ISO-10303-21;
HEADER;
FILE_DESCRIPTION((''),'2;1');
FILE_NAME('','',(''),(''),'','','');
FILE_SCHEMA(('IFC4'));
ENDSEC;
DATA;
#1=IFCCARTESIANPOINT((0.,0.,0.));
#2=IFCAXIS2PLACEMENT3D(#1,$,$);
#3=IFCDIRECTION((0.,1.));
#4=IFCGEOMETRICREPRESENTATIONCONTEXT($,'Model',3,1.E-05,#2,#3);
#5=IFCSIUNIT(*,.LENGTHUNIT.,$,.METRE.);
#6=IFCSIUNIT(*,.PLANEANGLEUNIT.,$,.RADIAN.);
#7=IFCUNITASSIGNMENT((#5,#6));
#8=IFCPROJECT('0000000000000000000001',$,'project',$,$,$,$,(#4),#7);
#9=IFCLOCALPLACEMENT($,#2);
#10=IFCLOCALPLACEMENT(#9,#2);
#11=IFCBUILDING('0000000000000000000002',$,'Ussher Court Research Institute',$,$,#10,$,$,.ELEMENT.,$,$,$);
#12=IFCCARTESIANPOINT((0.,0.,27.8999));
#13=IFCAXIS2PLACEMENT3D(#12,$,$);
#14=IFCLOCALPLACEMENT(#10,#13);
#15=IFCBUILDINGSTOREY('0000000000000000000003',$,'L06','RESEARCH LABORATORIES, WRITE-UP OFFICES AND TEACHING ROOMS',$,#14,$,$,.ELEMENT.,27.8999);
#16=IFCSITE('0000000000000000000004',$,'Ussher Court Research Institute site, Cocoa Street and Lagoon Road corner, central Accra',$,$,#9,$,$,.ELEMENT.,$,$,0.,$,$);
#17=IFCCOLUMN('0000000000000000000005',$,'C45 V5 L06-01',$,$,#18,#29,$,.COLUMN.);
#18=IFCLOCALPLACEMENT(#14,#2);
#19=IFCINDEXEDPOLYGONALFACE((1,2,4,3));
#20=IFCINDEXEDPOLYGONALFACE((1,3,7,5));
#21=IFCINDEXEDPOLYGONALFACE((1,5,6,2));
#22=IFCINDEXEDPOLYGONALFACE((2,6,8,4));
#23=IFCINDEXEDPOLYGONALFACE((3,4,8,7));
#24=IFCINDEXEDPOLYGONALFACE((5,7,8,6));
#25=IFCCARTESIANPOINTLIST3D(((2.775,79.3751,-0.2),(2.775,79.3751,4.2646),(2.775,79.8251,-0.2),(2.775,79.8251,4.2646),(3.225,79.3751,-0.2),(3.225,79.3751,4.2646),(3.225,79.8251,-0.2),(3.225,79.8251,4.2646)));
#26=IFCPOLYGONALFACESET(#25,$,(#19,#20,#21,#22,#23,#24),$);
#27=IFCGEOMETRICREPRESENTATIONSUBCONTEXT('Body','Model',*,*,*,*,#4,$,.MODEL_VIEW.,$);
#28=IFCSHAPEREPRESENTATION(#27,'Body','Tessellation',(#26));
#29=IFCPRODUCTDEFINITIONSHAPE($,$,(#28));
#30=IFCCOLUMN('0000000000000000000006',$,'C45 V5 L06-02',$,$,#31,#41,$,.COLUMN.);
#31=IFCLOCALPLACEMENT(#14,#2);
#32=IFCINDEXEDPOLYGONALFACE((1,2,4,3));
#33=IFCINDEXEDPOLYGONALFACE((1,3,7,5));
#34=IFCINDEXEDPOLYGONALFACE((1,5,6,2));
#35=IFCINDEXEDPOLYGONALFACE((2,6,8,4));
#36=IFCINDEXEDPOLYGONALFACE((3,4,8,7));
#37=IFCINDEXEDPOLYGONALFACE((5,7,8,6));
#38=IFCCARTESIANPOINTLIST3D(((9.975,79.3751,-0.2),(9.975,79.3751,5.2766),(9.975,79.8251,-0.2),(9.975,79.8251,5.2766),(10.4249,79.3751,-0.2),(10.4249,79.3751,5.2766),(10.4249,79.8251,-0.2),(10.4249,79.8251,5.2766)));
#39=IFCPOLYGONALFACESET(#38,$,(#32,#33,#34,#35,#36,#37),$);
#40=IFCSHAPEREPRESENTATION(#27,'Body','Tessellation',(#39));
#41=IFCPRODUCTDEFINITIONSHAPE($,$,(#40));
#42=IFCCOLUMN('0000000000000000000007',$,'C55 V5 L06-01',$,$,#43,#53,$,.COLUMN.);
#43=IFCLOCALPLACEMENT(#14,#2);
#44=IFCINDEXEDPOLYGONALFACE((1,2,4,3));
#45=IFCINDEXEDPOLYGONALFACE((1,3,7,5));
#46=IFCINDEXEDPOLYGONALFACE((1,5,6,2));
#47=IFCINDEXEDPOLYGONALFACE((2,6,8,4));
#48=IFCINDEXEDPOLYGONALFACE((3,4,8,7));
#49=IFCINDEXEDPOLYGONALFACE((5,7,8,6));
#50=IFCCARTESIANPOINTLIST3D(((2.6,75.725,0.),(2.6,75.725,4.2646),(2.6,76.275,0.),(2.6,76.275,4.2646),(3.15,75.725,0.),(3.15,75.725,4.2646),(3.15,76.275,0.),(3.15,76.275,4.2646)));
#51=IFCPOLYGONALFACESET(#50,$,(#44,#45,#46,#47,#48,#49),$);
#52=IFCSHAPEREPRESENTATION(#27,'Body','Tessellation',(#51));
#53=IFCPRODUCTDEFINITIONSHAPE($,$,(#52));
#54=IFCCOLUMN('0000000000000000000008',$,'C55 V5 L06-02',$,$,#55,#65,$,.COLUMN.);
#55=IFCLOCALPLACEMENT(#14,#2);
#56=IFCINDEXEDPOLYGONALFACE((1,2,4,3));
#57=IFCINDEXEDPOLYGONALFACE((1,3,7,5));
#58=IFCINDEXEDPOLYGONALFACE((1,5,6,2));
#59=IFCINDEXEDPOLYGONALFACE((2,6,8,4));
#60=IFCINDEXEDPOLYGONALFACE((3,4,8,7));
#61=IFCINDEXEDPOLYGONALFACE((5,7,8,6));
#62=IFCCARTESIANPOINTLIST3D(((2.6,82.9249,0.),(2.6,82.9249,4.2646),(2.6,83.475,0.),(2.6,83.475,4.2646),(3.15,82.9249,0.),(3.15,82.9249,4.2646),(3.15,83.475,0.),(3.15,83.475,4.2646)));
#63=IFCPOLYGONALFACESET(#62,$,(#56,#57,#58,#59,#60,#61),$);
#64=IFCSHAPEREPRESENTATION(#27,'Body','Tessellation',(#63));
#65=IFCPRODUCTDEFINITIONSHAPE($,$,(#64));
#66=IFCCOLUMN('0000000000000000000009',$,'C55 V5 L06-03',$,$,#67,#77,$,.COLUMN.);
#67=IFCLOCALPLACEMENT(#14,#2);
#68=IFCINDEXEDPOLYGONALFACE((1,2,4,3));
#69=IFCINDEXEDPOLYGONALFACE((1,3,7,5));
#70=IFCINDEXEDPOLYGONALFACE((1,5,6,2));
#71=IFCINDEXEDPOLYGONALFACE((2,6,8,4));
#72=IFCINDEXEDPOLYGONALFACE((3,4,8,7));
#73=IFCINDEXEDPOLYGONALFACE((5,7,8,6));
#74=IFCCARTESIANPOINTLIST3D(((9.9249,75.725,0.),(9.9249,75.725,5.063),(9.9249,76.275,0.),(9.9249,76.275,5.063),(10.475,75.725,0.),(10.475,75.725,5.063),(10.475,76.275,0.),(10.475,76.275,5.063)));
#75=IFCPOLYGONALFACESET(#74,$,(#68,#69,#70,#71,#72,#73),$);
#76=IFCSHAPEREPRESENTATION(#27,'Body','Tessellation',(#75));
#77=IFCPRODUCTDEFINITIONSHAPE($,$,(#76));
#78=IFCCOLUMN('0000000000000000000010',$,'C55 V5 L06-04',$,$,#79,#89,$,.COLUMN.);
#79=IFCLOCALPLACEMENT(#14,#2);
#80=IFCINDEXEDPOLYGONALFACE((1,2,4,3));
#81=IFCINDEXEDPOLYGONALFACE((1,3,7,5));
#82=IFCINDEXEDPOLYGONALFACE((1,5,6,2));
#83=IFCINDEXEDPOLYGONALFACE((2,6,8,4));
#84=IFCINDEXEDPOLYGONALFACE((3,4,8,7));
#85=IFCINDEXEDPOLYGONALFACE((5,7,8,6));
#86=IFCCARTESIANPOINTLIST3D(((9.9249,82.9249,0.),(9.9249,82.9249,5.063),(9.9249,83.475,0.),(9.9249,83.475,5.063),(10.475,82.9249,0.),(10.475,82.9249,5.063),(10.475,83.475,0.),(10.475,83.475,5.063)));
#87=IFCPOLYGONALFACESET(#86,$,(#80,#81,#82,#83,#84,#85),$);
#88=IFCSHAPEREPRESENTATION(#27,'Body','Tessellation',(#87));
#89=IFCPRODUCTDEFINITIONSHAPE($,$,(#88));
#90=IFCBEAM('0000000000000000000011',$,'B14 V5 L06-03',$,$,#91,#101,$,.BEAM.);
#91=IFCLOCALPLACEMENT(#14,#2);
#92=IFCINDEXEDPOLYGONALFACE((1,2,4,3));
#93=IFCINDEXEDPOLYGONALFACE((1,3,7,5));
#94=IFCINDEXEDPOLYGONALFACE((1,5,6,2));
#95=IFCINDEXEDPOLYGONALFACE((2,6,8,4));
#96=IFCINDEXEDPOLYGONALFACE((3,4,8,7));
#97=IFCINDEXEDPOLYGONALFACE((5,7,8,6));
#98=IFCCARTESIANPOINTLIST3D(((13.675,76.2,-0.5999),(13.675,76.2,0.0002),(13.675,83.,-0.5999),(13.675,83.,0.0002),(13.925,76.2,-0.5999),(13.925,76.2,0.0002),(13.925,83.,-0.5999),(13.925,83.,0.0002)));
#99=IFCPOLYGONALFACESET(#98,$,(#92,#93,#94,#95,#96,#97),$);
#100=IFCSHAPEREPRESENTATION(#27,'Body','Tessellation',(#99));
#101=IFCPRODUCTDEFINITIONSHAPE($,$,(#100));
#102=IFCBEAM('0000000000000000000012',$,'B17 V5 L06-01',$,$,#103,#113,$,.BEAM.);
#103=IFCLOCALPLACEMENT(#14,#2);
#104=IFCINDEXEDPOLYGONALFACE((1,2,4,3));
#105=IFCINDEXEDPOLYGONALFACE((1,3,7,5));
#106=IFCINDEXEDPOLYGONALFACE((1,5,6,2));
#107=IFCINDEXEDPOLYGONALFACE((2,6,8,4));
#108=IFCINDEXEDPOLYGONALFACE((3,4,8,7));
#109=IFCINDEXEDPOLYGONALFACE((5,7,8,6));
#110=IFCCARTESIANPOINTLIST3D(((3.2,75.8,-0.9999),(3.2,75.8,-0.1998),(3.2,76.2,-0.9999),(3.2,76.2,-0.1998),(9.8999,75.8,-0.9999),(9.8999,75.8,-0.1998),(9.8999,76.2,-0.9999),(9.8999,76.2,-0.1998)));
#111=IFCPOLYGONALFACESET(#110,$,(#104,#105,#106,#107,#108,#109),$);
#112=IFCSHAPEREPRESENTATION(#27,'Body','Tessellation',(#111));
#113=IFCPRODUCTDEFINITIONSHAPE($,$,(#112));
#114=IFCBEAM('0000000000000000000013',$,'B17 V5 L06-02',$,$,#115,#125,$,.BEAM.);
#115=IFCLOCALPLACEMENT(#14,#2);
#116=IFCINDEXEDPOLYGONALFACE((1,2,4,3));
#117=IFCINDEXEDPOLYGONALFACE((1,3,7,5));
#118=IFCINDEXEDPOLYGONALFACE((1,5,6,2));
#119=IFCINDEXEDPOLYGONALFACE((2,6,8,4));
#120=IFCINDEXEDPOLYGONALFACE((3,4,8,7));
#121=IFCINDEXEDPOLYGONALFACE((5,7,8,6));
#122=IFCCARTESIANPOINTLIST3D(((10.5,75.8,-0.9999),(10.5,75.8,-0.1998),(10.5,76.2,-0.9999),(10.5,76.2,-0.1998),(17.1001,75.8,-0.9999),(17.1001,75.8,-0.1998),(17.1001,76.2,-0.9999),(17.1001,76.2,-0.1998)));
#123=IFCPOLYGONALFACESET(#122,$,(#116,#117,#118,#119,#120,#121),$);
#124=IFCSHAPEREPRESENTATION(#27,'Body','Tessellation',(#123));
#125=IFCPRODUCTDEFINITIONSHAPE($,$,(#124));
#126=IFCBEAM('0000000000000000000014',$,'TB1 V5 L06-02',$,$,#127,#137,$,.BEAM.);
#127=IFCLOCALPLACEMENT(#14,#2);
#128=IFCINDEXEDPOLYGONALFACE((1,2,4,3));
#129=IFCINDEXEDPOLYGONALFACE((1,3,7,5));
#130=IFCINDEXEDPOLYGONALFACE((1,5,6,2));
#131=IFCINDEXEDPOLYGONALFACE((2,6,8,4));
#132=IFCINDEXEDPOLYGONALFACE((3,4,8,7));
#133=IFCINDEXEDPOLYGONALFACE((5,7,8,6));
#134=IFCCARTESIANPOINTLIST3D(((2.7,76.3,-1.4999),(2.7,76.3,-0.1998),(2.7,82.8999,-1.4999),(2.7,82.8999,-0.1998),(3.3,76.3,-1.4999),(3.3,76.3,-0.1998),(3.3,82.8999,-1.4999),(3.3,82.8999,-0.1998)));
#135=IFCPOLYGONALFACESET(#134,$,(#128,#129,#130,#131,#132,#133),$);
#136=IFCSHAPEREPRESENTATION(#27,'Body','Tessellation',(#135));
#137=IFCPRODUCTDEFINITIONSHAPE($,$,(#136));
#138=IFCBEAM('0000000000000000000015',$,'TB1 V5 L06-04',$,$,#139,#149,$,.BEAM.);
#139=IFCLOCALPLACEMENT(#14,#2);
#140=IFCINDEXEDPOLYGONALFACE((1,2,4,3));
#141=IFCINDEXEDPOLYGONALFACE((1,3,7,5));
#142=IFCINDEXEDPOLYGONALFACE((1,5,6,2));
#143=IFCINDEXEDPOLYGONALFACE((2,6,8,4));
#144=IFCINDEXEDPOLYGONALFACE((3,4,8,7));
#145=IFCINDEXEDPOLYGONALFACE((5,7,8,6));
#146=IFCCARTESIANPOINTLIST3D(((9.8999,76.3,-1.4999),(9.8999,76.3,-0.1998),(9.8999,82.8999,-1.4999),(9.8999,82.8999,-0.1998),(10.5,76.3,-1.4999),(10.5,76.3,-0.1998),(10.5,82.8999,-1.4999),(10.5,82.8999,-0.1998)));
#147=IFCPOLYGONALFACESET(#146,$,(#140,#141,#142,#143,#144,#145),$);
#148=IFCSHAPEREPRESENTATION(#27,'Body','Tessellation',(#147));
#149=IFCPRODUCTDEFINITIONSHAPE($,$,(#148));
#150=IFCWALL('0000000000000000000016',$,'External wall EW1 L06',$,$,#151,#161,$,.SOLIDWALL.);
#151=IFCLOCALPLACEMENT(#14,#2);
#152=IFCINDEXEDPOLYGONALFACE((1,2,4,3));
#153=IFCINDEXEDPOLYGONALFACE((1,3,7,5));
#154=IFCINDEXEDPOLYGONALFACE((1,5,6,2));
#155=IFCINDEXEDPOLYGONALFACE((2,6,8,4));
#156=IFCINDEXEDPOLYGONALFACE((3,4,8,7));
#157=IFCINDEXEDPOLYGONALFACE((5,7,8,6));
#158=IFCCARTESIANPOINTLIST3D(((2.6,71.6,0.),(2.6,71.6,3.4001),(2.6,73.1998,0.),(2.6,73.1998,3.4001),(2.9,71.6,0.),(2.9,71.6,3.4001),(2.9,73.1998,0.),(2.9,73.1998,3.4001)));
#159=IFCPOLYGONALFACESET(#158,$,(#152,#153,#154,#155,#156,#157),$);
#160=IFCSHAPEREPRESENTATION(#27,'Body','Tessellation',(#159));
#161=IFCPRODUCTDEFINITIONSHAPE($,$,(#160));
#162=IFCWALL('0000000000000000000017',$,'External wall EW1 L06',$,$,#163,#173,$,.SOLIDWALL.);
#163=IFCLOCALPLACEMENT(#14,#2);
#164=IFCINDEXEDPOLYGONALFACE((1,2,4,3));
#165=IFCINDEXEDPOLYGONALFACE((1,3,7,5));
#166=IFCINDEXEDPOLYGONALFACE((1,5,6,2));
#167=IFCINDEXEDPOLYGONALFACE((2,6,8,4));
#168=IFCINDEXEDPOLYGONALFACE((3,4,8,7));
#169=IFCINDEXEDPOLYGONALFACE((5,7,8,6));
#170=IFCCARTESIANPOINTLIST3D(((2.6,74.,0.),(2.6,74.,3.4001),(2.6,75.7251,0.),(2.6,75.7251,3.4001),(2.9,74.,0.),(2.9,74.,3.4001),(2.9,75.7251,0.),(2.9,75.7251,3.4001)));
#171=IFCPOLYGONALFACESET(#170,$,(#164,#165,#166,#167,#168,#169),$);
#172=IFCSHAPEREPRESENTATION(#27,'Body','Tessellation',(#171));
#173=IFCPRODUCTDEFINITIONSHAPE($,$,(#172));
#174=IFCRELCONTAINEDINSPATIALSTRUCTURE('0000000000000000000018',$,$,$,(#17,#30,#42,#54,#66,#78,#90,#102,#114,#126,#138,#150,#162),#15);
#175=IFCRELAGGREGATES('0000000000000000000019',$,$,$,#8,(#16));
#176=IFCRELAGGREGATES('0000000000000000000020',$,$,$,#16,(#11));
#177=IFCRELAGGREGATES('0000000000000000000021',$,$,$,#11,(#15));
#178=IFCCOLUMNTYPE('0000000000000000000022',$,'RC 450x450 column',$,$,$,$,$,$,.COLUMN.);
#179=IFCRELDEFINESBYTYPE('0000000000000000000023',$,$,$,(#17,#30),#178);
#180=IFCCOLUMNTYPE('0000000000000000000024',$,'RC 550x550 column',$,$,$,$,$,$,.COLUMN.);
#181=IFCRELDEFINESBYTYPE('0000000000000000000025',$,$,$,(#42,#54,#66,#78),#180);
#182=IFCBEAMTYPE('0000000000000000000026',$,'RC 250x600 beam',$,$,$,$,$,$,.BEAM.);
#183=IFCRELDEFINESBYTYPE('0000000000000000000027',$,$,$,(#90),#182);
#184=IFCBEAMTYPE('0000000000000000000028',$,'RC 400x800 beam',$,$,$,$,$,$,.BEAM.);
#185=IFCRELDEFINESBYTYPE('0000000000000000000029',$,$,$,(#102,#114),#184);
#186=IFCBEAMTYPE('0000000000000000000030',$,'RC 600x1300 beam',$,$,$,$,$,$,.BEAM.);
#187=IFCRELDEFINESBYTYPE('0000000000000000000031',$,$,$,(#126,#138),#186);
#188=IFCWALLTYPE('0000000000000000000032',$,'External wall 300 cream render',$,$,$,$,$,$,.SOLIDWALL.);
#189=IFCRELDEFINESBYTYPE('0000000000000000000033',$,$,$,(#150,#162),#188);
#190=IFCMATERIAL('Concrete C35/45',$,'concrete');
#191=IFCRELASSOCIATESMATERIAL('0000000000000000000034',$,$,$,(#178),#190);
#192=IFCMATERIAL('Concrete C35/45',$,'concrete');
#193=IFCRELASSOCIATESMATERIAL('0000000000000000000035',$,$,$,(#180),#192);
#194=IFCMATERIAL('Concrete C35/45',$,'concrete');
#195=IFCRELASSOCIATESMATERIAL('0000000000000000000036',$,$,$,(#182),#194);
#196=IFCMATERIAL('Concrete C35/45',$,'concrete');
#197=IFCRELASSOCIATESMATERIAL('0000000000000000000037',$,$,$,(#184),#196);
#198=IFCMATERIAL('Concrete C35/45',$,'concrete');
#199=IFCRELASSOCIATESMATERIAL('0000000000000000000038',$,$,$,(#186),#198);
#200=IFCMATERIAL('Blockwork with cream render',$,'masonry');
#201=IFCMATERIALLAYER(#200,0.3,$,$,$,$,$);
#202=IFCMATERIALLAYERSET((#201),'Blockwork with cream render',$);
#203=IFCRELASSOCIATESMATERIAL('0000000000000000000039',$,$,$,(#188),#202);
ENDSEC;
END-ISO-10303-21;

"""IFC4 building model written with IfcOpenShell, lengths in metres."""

from ifc_helpers import new_model, si_unit, direction, frame, frame_2d, origin, origin_2d, place, context, subcontext, project, spatial, rectangle, extrude, material, layer, layer_set, material_profile, profile_set, type_object, element, save


model = new_model("IFC4")

# Units and contexts
model_context = context("Model", 3, precision=1e-05, world=origin(), true_north=direction((0.0, 1.0)))
body_context = subcontext(model_context, "Body", "Model", "MODEL_VIEW")
ifc_project = project(units=[si_unit("LENGTHUNIT", "METRE"), si_unit("PLANEANGLEUNIT", "RADIAN")], contexts=[model_context])

# Site, building, storey
site_placement = place(None, origin())
site = spatial("IfcSite", under=ifc_project, at=site_placement, Name="Ussher Court Research Institute site, Cocoa Street and Lagoon Road corner, central Accra", CompositionType="ELEMENT", RefElevation=0.0)
building_placement = place(site_placement, origin())
building = spatial("IfcBuilding", under=site, at=building_placement, Name="Ussher Court Research Institute", CompositionType="ELEMENT")
storey_placement = place(building_placement, frame((0.0, 0.0, 27.8999)))
storey = spatial("IfcBuildingStorey", under=building, at=storey_placement, Name="L06", Description="RESEARCH LABORATORIES, WRITE-UP OFFICES AND TEACHING ROOMS", CompositionType="ELEMENT", Elevation=27.8999)

# Columns
ifc_material_1 = material(Name="Concrete C35/45", Category="concrete")
ifc_material_profile_1 = material_profile(ifc_material_1, rectangle(XDim=0.45, YDim=0.45, at=origin_2d()), Name="RC 450x450")
ifc_profile_set_1 = profile_set([ifc_material_profile_1], Name="Concrete C35/45")
column_type_1 = type_object("IfcColumnType", Name="RC 450x450 column", PredefinedType="COLUMN", material=ifc_profile_set_1)
column_1_placement = place(storey_placement, frame((3.0, 79.6001, -0.2), z_axis=(0.0, 0.0, 1.0), x_axis=(1.0, 0.0, 0.0)))
element("IfcColumn", 1, at=column_1_placement, inside=storey, type_object=column_type_1, Name="C45 V5 L06-01", PredefinedType="COLUMN", context=body_context, shape_type="SweptSolid", body=[
    extrude(rectangle(XDim=0.45, YDim=0.45, at=origin_2d()), origin(), (0.0, 0.0, 1.0), 4.4646),
])
column_2_placement = place(storey_placement, frame((10.2, 79.6001, -0.2), z_axis=(0.0, 0.0, 1.0), x_axis=(1.0, 0.0, 0.0)))
element("IfcColumn", 2, at=column_2_placement, inside=storey, type_object=column_type_1, Name="C45 V5 L06-02", PredefinedType="COLUMN", context=body_context, shape_type="SweptSolid", body=[
    extrude(rectangle(XDim=0.45, YDim=0.45, at=origin_2d()), origin(), (0.0, 0.0, 1.0), 5.4766),
])
ifc_material_2 = material(Name="Concrete C35/45", Category="concrete")
ifc_material_profile_2 = material_profile(ifc_material_2, rectangle(XDim=0.55, YDim=0.55, at=origin_2d()), Name="RC 550x550")
ifc_profile_set_2 = profile_set([ifc_material_profile_2], Name="Concrete C35/45")
column_type_2 = type_object("IfcColumnType", Name="RC 550x550 column", PredefinedType="COLUMN", material=ifc_profile_set_2)
for number, where, z_axis, x_axis, name in (
    (3, (2.875, 76.0, 0.0), (0.0, 0.0, 1.0), (1.0, 0.0, 0.0), "C55 V5 L06-01"),
    (4, (2.875, 83.2, 0.0), (0.0, 0.0, 1.0), (1.0, 0.0, 0.0), "C55 V5 L06-02"),
):
    element("IfcColumn", number, at=place(storey_placement, frame(where, z_axis=z_axis, x_axis=x_axis)), inside=storey, type_object=column_type_2, Name=name, PredefinedType="COLUMN", context=body_context, shape_type="SweptSolid", body=[
        extrude(rectangle(XDim=0.55, YDim=0.55, at=origin_2d()), origin(), (0.0, 0.0, 1.0), 4.2646),
    ])
for number, where, z_axis, x_axis, name in (
    (5, (10.2, 76.0, 0.0), (0.0, 0.0, 1.0), (1.0, 0.0, 0.0), "C55 V5 L06-03"),
    (6, (10.2, 83.2, 0.0), (0.0, 0.0, 1.0), (1.0, 0.0, 0.0), "C55 V5 L06-04"),
):
    element("IfcColumn", number, at=place(storey_placement, frame(where, z_axis=z_axis, x_axis=x_axis)), inside=storey, type_object=column_type_2, Name=name, PredefinedType="COLUMN", context=body_context, shape_type="SweptSolid", body=[
        extrude(rectangle(XDim=0.55, YDim=0.55, at=origin_2d()), origin(), (0.0, 0.0, 1.0), 5.063),
    ])

# Beams
ifc_material_3 = material(Name="Concrete C35/45", Category="concrete")
ifc_material_profile_3 = material_profile(ifc_material_3, rectangle(XDim=0.25, YDim=0.6001, at=origin_2d()), Name="RC 250x600")
ifc_profile_set_3 = profile_set([ifc_material_profile_3], Name="Concrete C35/45")
beam_type_1 = type_object("IfcBeamType", Name="RC 250x600 beam", PredefinedType="BEAM", material=ifc_profile_set_3)
beam_1_placement = place(storey_placement, frame((13.8, 76.2, -0.2998), z_axis=(0.0, 1.0, 0.0), x_axis=(-1.0, 0.0, 0.0)))
element("IfcBeam", 7, at=beam_1_placement, inside=storey, type_object=beam_type_1, Name="B14 V5 L06-03", PredefinedType="BEAM", context=body_context, shape_type="SweptSolid", body=[
    extrude(rectangle(XDim=0.25, YDim=0.6001, at=origin_2d()), origin(), (0.0, 0.0, 1.0), 6.8),
])
ifc_material_4 = material(Name="Concrete C35/45", Category="concrete")
ifc_material_profile_4 = material_profile(ifc_material_4, rectangle(XDim=0.3999, YDim=0.8, at=origin_2d()), Name="RC 400x800")
ifc_profile_set_4 = profile_set([ifc_material_profile_4], Name="Concrete C35/45")
beam_type_2 = type_object("IfcBeamType", Name="RC 400x800 beam", PredefinedType="BEAM", material=ifc_profile_set_4)
beam_2_placement = place(storey_placement, frame((3.2, 76.0, -0.5999), z_axis=(1.0, 0.0, 0.0), x_axis=(0.0, 1.0, 0.0)))
element("IfcBeam", 8, at=beam_2_placement, inside=storey, type_object=beam_type_2, Name="B17 V5 L06-01", PredefinedType="BEAM", context=body_context, shape_type="SweptSolid", body=[
    extrude(rectangle(XDim=0.3999, YDim=0.8, at=origin_2d()), origin(), (0.0, 0.0, 1.0), 6.7),
])
beam_3_placement = place(storey_placement, frame((10.5, 76.0, -0.5999), z_axis=(1.0, 0.0, 0.0), x_axis=(0.0, 1.0, 0.0)))
element("IfcBeam", 9, at=beam_3_placement, inside=storey, type_object=beam_type_2, Name="B17 V5 L06-02", PredefinedType="BEAM", context=body_context, shape_type="SweptSolid", body=[
    extrude(rectangle(XDim=0.3999, YDim=0.8, at=origin_2d()), origin(), (0.0, 0.0, 1.0), 6.6001),
])
ifc_material_5 = material(Name="Concrete C35/45", Category="concrete")
ifc_material_profile_5 = material_profile(ifc_material_5, rectangle(XDim=0.6001, YDim=1.3, at=origin_2d()), Name="RC 600x1300")
ifc_profile_set_5 = profile_set([ifc_material_profile_5], Name="Concrete C35/45")
beam_type_3 = type_object("IfcBeamType", Name="RC 600x1300 beam", PredefinedType="BEAM", material=ifc_profile_set_5)
for number, where, z_axis, x_axis, name in (
    (10, (3.0, 76.3, -0.8499), (0.0, 1.0, 0.0), (-1.0, 0.0, 0.0), "TB1 V5 L06-02"),
    (11, (10.2, 76.3, -0.8499), (0.0, 1.0, 0.0), (-1.0, 0.0, 0.0), "TB1 V5 L06-04"),
):
    element("IfcBeam", number, at=place(storey_placement, frame(where, z_axis=z_axis, x_axis=x_axis)), inside=storey, type_object=beam_type_3, Name=name, PredefinedType="BEAM", context=body_context, shape_type="SweptSolid", body=[
        extrude(rectangle(XDim=0.6001, YDim=1.3, at=origin_2d()), origin(), (0.0, 0.0, 1.0), 6.5999),
    ])

# Walls
ifc_material_6 = material(Name="Blockwork with cream render", Category="masonry")
ifc_layer_1 = layer(ifc_material_6, 0.3)
ifc_layer_set_1 = layer_set([ifc_layer_1], Name="Blockwork with cream render")
wall_type_1 = type_object("IfcWallType", Name="External wall 300 cream render", PredefinedType="SOLIDWALL", material=ifc_layer_set_1)
wall_1_placement = place(storey_placement, frame((2.75, 71.6001, 0.0), z_axis=(0.0, 0.0, 1.0), x_axis=(0.0, 1.0, 0.0)))
element("IfcWall", 12, at=wall_1_placement, inside=storey, type_object=wall_type_1, Name="External wall EW1 L06", PredefinedType="SOLIDWALL", context=body_context, shape_type="SweptSolid", body=[
    extrude(rectangle(XDim=1.5999, YDim=0.3, at=frame_2d((0.7998, 0.0))), origin(), (0.0, 0.0, 1.0), 3.4001),
])
wall_2_placement = place(storey_placement, frame((2.75, 74.0, 0.0), z_axis=(0.0, 0.0, 1.0), x_axis=(0.0, 1.0, 0.0)))
element("IfcWall", 13, at=wall_2_placement, inside=storey, type_object=wall_type_1, Name="External wall EW1 L06", PredefinedType="SOLIDWALL", context=body_context, shape_type="SweptSolid", body=[
    extrude(rectangle(XDim=1.7251, YDim=0.3, at=frame_2d((0.8625, 0.0))), origin(), (0.0, 0.0, 1.0), 3.4001),
])

save(model, "model.ifc")
